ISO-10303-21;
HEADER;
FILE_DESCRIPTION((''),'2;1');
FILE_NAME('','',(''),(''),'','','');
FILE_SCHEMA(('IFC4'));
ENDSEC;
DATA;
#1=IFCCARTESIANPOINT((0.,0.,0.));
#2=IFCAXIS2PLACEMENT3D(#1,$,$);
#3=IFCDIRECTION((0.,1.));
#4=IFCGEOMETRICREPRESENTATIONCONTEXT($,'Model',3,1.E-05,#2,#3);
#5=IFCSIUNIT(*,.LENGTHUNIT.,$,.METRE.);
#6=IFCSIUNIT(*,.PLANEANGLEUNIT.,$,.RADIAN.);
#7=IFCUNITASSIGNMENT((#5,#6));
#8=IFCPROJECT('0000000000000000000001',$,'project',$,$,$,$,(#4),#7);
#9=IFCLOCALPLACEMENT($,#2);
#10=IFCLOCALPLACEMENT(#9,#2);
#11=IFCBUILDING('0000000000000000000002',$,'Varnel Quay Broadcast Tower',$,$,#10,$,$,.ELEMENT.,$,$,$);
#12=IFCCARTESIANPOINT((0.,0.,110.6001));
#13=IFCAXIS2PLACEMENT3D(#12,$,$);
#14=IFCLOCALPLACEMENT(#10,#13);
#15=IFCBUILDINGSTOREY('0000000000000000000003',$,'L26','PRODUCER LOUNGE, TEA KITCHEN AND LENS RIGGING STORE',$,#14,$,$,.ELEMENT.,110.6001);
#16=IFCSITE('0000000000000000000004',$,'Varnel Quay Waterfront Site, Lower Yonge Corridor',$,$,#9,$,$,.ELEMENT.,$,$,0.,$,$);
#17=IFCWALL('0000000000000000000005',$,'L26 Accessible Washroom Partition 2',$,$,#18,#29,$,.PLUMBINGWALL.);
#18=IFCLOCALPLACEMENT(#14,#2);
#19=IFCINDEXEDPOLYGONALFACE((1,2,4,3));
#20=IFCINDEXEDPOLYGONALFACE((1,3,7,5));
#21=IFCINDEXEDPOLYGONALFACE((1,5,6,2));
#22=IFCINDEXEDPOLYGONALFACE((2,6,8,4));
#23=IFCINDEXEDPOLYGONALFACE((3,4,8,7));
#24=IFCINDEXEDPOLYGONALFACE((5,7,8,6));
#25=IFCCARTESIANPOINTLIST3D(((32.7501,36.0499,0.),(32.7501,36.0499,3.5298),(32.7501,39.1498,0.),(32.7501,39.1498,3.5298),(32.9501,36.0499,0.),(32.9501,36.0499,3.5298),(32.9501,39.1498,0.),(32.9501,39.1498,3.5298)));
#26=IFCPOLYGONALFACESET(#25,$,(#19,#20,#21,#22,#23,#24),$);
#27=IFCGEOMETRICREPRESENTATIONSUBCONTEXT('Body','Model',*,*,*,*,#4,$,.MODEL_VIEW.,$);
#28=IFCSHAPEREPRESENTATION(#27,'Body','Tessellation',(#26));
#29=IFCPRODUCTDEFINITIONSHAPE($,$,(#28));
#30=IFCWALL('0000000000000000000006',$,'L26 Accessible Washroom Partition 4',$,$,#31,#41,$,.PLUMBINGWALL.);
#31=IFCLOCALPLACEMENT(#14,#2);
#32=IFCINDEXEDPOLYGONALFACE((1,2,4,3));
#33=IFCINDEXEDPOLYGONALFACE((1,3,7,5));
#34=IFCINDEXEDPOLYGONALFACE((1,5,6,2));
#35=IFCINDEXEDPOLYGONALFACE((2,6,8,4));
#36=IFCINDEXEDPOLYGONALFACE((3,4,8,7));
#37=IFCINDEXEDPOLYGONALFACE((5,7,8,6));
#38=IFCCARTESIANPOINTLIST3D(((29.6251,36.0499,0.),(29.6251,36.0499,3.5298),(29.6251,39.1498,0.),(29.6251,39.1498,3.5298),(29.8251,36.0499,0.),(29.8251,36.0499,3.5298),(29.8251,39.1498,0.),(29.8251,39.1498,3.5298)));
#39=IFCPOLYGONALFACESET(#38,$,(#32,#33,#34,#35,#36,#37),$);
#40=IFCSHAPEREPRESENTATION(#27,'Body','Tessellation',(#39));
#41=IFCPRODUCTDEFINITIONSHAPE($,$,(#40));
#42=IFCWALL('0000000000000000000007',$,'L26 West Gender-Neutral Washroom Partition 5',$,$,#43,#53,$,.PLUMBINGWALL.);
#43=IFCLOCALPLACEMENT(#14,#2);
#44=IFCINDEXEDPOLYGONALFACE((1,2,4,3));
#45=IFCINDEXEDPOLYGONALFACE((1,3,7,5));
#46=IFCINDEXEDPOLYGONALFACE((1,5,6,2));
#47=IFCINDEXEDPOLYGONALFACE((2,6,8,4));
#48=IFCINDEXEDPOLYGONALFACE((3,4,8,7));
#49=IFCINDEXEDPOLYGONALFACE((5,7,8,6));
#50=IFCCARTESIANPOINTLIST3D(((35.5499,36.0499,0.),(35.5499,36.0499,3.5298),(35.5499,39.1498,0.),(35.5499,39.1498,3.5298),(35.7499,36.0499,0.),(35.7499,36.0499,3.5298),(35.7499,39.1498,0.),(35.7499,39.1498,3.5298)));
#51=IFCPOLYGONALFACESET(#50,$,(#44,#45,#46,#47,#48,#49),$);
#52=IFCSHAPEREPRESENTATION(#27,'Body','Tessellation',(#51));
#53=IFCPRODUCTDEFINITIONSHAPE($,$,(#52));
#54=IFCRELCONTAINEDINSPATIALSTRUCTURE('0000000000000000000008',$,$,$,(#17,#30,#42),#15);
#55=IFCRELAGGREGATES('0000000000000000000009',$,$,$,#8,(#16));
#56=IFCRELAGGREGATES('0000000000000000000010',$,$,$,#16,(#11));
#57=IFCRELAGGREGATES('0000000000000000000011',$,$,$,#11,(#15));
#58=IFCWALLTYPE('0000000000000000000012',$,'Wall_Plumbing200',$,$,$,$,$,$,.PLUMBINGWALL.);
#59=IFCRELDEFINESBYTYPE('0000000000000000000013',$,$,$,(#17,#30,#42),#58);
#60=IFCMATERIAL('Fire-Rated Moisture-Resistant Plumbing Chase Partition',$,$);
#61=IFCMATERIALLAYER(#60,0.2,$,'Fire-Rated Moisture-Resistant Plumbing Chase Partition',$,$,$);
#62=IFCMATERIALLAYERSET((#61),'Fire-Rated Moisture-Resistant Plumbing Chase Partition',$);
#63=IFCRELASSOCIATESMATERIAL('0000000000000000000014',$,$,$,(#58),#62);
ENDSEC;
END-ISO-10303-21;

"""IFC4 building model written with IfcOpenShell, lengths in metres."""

from ifc_helpers import new_model, si_unit, direction, frame, frame_2d, origin, place, context, subcontext, project, spatial, rectangle, extrude, material, layer, layer_set, type_object, element, save


model = new_model("IFC4")

# Units and contexts
model_context = context("Model", 3, precision=1e-05, world=origin(), true_north=direction((0.0, 1.0)))
body_context = subcontext(model_context, "Body", "Model", "MODEL_VIEW")
ifc_project = project(units=[si_unit("LENGTHUNIT", "METRE"), si_unit("PLANEANGLEUNIT", "RADIAN")], contexts=[model_context])

# Site, building, storey
site_placement = place(None, origin())
site = spatial("IfcSite", under=ifc_project, at=site_placement, Name="Varnel Quay Waterfront Site, Lower Yonge Corridor", CompositionType="ELEMENT", RefElevation=0.0)
building_placement = place(site_placement, origin())
building = spatial("IfcBuilding", under=site, at=building_placement, Name="Varnel Quay Broadcast Tower", CompositionType="ELEMENT")
storey_placement = place(building_placement, frame((0.0, 0.0, 110.6001)))
storey = spatial("IfcBuildingStorey", under=building, at=storey_placement, Name="L26", Description="PRODUCER LOUNGE, TEA KITCHEN AND LENS RIGGING STORE", CompositionType="ELEMENT", Elevation=110.6001)

# Walls
ifc_material_1 = material(Name="Fire-Rated Moisture-Resistant Plumbing Chase Partition")
ifc_layer_1 = layer(ifc_material_1, 0.2, Name="Fire-Rated Moisture-Resistant Plumbing Chase Partition")
ifc_layer_set_1 = layer_set([ifc_layer_1], Name="Fire-Rated Moisture-Resistant Plumbing Chase Partition")
wall_type_1 = type_object("IfcWallType", Name="Wall_Plumbing200", PredefinedType="PLUMBINGWALL", material=ifc_layer_set_1)
for number, where, z_axis, x_axis, name in (
    (1, (32.8501, 36.05, 0.0), (0.0, 0.0, 1.0), (0.0, 1.0, 0.0), "L26 Accessible Washroom Partition 2"),
    (2, (29.7251, 36.05, 0.0), (0.0, 0.0, 1.0), (0.0, 1.0, 0.0), "L26 Accessible Washroom Partition 4"),
    (3, (35.6499, 36.05, 0.0), (0.0, 0.0, 1.0), (0.0, 1.0, 0.0), "L26 West Gender-Neutral Washroom Partition 5"),
):
    element("IfcWall", number, at=place(storey_placement, frame(where, z_axis=z_axis, x_axis=x_axis)), inside=storey, type_object=wall_type_1, Name=name, PredefinedType="PLUMBINGWALL", context=body_context, shape_type="SweptSolid", body=[
        extrude(rectangle(XDim=3.0999, YDim=0.2, at=frame_2d((1.5498, 0.0))), origin(), (0.0, 0.0, 1.0), 3.5298),
    ])

save(model, "model.ifc")
